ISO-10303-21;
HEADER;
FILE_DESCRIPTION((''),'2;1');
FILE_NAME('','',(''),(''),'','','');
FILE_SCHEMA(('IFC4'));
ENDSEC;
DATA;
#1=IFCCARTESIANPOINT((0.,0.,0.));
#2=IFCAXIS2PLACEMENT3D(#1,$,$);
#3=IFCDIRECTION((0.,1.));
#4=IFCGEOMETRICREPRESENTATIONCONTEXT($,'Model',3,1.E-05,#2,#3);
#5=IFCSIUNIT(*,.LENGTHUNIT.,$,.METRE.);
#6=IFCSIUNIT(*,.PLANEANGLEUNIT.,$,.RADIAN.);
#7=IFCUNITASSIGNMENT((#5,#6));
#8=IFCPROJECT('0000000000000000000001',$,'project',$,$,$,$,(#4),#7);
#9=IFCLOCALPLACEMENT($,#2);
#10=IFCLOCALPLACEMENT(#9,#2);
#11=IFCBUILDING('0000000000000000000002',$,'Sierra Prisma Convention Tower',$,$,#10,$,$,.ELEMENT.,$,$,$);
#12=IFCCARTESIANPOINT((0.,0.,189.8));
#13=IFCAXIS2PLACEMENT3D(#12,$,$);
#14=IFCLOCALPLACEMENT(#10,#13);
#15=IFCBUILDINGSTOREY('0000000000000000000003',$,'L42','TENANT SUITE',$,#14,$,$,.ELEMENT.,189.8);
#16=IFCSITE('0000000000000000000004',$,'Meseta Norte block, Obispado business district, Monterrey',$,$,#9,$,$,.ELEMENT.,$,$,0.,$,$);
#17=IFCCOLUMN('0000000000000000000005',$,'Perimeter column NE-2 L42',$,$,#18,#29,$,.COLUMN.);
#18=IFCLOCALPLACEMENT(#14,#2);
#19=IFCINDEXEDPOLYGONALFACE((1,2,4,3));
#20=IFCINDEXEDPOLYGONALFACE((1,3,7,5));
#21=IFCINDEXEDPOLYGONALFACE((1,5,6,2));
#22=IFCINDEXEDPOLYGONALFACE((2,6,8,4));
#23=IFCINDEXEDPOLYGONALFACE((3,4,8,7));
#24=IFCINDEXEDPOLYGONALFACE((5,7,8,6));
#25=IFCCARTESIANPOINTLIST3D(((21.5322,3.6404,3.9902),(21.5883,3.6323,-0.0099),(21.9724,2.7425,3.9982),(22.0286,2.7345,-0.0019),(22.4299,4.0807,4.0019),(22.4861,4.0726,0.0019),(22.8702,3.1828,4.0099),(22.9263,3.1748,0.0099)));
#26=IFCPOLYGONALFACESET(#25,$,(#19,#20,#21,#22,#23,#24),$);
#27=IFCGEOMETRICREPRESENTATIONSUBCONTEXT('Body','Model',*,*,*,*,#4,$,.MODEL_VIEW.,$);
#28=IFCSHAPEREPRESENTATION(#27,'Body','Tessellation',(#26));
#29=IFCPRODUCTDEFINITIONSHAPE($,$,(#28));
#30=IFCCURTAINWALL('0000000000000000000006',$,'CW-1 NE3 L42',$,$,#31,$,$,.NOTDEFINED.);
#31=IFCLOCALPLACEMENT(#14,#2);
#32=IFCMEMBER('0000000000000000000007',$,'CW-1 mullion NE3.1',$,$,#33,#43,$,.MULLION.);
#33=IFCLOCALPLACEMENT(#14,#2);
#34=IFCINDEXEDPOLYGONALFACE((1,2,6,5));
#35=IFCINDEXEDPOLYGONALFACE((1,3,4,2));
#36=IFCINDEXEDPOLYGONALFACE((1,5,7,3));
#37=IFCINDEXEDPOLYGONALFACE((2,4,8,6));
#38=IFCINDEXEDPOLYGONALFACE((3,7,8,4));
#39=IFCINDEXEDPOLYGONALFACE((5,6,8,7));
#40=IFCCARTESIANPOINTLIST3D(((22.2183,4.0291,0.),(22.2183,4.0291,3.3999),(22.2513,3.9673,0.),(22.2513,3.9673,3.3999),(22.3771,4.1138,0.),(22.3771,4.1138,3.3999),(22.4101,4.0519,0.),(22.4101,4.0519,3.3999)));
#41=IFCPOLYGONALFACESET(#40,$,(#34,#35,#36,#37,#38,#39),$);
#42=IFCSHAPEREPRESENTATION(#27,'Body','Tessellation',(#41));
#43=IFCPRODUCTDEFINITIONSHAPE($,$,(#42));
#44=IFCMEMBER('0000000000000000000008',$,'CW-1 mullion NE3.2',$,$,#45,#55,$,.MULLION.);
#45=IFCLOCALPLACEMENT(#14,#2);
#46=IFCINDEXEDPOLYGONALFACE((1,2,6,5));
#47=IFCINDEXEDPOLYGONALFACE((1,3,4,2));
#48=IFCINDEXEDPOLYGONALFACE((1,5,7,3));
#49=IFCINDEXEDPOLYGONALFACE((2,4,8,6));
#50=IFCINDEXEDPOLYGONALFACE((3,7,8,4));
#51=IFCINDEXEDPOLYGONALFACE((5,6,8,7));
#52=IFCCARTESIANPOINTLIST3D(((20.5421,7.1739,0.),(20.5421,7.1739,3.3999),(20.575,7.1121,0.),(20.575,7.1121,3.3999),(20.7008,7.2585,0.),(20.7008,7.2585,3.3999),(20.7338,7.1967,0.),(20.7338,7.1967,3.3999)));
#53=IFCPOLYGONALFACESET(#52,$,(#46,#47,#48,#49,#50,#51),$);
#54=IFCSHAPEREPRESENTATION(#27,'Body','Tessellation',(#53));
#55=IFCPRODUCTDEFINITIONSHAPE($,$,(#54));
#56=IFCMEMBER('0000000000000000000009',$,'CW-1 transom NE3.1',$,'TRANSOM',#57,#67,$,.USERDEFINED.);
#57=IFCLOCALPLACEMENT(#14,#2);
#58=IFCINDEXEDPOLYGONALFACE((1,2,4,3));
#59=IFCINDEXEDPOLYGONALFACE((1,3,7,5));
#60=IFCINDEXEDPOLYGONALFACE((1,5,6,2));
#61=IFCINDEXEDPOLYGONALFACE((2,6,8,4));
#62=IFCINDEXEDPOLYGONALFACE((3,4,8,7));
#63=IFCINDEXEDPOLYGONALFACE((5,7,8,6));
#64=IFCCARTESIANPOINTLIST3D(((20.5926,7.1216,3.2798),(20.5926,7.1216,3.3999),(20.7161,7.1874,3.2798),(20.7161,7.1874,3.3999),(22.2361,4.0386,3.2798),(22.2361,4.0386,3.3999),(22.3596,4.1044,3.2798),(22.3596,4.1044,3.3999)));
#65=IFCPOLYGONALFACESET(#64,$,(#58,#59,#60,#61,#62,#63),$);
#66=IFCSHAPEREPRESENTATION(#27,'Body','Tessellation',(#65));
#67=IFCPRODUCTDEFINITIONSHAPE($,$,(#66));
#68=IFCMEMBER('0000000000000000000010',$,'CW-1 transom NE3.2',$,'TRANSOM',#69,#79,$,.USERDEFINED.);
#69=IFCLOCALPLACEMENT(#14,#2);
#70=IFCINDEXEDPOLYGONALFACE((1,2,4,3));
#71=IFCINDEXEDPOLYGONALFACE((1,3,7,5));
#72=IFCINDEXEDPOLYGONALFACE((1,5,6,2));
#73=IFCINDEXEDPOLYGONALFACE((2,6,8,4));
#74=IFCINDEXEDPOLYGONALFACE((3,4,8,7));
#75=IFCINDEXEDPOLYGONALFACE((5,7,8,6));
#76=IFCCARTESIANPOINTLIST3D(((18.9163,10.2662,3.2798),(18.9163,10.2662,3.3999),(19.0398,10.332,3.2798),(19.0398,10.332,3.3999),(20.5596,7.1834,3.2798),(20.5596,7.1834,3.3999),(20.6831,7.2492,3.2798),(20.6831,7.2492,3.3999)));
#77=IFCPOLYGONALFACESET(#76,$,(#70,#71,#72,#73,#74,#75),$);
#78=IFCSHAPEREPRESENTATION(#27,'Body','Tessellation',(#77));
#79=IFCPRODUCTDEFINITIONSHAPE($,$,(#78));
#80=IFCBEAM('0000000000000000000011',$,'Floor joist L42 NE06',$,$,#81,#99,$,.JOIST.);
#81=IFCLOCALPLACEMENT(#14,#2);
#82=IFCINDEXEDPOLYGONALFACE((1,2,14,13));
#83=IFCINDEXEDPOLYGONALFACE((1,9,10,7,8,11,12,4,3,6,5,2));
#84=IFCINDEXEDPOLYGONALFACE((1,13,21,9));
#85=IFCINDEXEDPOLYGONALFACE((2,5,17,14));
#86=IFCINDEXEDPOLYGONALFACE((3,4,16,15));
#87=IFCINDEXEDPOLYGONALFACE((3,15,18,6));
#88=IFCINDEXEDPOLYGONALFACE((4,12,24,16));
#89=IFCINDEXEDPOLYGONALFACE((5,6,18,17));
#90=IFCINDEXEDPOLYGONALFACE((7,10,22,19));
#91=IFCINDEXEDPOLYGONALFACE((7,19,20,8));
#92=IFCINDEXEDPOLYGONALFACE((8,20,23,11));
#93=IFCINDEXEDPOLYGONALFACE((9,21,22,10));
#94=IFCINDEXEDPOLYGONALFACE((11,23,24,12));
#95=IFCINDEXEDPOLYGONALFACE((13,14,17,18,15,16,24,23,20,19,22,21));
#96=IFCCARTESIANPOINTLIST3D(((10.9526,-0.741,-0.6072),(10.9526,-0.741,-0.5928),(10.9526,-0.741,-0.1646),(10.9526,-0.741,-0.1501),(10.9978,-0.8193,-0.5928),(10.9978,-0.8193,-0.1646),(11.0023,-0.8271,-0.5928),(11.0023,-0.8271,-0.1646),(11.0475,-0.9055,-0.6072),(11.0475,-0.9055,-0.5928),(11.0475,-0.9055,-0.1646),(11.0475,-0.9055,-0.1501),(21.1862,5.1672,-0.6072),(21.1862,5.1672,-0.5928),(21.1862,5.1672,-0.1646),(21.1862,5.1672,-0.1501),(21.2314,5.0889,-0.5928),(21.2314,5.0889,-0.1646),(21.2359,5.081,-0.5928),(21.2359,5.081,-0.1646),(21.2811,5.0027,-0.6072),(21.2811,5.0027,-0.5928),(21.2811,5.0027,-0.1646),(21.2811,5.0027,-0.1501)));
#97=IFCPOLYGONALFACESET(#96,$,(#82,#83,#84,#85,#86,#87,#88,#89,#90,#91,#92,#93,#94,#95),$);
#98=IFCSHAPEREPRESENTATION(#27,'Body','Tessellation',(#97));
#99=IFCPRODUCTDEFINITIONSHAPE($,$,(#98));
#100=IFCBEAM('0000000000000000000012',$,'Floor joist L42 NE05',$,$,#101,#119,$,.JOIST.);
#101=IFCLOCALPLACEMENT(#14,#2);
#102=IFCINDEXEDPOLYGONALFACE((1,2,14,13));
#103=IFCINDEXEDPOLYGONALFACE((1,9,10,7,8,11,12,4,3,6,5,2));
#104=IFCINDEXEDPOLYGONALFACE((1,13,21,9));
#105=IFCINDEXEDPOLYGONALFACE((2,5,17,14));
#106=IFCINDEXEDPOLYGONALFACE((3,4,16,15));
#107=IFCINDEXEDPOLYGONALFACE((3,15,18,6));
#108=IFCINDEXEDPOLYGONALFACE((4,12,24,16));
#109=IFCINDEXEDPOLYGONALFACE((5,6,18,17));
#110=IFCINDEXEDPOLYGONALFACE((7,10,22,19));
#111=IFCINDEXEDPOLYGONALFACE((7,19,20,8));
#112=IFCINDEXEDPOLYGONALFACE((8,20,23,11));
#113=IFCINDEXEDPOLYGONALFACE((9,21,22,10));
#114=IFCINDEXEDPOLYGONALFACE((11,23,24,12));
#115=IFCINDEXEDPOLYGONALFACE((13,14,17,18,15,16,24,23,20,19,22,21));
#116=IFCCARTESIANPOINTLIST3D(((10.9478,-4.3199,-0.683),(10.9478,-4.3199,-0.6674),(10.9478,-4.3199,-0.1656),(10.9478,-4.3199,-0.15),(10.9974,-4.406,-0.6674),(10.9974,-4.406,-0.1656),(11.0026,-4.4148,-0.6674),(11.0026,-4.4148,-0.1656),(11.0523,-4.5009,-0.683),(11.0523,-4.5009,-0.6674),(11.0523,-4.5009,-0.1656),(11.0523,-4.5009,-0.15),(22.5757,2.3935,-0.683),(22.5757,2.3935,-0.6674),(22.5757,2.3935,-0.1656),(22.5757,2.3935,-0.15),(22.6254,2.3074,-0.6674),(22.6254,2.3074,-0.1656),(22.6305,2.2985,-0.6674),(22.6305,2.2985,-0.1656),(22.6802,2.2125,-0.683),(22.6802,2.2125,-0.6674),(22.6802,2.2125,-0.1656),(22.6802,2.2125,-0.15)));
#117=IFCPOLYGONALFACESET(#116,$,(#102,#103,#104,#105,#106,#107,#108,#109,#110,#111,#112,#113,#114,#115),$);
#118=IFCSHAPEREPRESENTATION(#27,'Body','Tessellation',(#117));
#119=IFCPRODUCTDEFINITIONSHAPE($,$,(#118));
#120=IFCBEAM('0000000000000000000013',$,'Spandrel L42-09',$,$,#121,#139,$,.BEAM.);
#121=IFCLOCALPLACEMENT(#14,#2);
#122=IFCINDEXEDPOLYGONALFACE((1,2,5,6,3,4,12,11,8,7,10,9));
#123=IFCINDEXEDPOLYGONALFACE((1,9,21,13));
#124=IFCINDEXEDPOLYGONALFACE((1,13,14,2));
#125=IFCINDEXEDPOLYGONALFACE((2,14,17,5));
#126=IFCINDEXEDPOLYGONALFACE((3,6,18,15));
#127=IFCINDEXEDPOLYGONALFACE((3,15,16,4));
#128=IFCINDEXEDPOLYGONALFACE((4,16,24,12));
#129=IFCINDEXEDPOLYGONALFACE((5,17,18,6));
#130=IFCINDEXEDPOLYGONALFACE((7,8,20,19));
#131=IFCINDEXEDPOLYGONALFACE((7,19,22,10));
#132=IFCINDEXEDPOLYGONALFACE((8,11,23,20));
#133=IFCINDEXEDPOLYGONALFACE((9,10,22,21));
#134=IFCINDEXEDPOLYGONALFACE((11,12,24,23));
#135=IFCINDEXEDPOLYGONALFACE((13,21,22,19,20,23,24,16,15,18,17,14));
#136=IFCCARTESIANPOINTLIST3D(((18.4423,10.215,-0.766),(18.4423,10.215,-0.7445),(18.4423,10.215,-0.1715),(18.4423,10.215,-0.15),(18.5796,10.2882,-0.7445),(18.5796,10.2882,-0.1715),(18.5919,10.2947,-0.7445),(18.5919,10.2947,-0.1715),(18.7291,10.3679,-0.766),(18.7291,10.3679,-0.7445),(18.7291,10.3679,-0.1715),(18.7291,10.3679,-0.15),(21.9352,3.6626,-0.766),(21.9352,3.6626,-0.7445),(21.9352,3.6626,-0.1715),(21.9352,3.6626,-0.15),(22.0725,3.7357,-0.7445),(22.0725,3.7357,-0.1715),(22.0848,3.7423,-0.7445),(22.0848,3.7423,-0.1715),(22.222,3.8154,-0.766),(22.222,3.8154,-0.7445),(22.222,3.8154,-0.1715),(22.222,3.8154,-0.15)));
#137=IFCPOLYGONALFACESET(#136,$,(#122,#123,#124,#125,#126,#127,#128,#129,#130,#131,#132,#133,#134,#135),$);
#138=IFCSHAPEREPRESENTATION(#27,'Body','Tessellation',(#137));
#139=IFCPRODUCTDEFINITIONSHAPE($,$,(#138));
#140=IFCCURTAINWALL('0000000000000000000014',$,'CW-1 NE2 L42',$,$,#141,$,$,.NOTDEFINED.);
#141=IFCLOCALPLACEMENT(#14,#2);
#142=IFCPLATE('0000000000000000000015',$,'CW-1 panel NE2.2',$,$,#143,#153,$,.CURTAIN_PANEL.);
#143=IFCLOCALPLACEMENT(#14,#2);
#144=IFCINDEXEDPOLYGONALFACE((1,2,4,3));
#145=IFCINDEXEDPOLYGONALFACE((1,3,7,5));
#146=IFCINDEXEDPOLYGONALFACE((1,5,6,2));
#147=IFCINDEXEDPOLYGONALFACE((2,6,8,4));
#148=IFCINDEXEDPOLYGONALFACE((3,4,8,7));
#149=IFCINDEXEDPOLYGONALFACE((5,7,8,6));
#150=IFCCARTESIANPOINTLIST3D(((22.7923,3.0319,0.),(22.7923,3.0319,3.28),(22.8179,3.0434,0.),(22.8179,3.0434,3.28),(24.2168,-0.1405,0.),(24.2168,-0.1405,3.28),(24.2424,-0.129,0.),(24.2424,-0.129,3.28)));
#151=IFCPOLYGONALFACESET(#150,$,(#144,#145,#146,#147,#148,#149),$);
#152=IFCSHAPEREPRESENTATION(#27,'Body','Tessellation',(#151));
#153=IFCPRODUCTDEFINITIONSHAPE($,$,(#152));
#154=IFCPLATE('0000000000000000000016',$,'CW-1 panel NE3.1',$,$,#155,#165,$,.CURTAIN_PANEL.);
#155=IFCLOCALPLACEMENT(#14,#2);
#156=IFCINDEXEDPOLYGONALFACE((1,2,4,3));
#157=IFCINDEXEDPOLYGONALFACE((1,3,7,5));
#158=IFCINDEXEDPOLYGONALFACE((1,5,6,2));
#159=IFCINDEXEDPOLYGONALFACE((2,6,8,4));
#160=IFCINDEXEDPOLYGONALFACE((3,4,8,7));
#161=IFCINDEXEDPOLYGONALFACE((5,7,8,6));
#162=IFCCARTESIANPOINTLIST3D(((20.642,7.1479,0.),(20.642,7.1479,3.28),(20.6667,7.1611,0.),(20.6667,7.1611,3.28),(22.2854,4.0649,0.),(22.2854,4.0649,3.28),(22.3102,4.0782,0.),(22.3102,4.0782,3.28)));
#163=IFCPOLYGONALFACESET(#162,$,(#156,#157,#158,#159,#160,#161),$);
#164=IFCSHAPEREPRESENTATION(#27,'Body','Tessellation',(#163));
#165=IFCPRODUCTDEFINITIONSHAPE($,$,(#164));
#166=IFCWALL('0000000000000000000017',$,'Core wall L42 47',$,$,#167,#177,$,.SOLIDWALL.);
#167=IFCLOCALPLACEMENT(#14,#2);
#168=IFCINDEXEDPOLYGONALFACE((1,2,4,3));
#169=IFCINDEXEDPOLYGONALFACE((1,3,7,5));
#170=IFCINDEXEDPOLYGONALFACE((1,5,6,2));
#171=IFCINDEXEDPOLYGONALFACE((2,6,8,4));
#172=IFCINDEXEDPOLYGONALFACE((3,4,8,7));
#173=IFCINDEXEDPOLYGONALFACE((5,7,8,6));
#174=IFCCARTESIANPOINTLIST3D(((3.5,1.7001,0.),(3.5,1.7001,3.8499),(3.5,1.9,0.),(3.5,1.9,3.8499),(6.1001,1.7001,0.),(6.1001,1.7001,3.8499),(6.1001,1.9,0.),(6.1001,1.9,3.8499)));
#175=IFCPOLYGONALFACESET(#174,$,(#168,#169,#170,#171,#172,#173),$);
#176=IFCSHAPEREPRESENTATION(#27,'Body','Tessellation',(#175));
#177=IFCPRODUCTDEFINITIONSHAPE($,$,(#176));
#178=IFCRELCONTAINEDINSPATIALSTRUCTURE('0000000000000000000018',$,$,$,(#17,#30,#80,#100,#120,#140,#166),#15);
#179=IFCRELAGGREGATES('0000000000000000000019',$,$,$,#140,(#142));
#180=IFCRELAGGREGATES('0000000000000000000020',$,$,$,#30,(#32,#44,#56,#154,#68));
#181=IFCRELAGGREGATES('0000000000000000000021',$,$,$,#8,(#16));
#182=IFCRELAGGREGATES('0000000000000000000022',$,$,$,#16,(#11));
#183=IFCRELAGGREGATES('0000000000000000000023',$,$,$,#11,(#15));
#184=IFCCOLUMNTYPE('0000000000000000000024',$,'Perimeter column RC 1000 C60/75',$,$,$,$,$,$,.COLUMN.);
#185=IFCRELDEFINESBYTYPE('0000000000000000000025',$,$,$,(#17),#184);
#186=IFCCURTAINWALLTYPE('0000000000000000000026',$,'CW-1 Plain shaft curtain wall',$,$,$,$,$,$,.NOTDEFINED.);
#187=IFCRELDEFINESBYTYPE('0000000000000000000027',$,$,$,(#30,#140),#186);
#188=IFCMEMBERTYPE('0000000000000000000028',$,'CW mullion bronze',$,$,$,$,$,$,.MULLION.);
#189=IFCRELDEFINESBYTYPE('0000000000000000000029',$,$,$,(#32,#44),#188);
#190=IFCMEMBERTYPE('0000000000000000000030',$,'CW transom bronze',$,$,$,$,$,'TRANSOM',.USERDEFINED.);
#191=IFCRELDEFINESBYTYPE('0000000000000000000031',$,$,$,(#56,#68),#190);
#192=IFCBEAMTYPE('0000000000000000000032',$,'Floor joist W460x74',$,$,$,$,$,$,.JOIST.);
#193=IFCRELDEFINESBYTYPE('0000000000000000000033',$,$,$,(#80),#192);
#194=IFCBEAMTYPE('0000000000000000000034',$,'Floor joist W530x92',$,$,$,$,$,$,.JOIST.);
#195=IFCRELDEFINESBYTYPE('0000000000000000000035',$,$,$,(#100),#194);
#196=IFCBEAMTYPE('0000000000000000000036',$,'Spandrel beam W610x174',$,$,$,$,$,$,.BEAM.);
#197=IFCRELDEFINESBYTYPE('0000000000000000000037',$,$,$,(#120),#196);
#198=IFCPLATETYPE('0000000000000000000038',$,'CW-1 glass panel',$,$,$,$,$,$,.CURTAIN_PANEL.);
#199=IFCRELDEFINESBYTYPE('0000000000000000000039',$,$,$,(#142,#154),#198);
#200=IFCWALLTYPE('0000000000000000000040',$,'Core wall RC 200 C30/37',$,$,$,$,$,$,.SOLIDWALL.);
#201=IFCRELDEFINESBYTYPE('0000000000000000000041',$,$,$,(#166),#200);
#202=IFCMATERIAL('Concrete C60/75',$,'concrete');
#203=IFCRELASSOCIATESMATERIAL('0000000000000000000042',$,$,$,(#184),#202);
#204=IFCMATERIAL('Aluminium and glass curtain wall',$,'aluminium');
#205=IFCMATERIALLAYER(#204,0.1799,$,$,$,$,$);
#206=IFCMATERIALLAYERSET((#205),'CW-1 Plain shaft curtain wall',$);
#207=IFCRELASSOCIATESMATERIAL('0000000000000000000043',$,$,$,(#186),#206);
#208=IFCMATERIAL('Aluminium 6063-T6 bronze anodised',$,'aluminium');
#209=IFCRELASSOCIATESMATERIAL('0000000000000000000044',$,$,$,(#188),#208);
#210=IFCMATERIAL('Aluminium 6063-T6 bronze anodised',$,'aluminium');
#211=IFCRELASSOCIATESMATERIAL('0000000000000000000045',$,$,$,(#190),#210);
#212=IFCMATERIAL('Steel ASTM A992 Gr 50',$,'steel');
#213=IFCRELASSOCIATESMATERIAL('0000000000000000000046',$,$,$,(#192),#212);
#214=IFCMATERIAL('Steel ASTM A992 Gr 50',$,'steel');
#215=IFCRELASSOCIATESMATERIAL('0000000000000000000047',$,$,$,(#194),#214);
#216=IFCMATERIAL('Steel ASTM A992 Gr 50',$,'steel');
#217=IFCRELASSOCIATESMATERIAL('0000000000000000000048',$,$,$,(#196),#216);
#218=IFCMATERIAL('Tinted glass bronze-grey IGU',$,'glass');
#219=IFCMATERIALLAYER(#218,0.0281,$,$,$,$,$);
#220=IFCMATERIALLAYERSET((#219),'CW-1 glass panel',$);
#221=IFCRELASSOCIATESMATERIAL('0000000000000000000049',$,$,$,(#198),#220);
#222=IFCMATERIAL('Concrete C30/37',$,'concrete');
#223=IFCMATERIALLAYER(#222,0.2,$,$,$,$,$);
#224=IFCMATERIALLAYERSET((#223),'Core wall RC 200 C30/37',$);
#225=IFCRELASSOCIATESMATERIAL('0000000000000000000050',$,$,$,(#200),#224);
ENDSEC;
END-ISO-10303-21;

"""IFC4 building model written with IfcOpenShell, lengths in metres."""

from ifc_helpers import new_model, si_unit, direction, frame, frame_2d, origin, origin_2d, place, context, subcontext, project, spatial, rectangle, i_section, extrude, material, layer, layer_set, material_profile, profile_set, type_object, element, aggregate, save


model = new_model("IFC4")

# Units and contexts
model_context = context("Model", 3, precision=1e-05, world=origin(), true_north=direction((0.0, 1.0)))
body_context = subcontext(model_context, "Body", "Model", "MODEL_VIEW")
ifc_project = project(units=[si_unit("LENGTHUNIT", "METRE"), si_unit("PLANEANGLEUNIT", "RADIAN")], contexts=[model_context])

# Site, building, storey
site_placement = place(None, origin())
site = spatial("IfcSite", under=ifc_project, at=site_placement, Name="Meseta Norte block, Obispado business district, Monterrey", CompositionType="ELEMENT", RefElevation=0.0)
building_placement = place(site_placement, origin())
building = spatial("IfcBuilding", under=site, at=building_placement, Name="Sierra Prisma Convention Tower", CompositionType="ELEMENT")
storey_placement = place(building_placement, frame((0.0, 0.0, 189.8)))
storey = spatial("IfcBuildingStorey", under=building, at=storey_placement, Name="L42", Description="TENANT SUITE", CompositionType="ELEMENT", Elevation=189.8)

# Column
ifc_material_1 = material(Name="Concrete C60/75", Category="concrete")
ifc_material_profile_1 = material_profile(ifc_material_1, rectangle(XDim=1.0, YDim=1.0, at=origin_2d()), Name="Perimeter column RC 1000 C60/75")
ifc_profile_set_1 = profile_set([ifc_material_profile_1], Name="Concrete C60/75")
column_type = type_object("IfcColumnType", Name="Perimeter column RC 1000 C60/75", PredefinedType="COLUMN", material=ifc_profile_set_1)
column_placement = place(storey_placement, frame((22.2573, 3.4036, 0.0), z_axis=(-0.014037, 0.002014, 0.999899), x_axis=(-0.440228, 0.89785, -0.007988)))
element("IfcColumn", 1, at=column_placement, inside=storey, type_object=column_type, Name="Perimeter column NE-2 L42", PredefinedType="COLUMN", context=body_context, shape_type="SweptSolid", body=[
    extrude(rectangle(XDim=1.0, YDim=1.0, at=origin_2d()), origin(), (0.0, 0.0, 1.0), 4.0005),
])

# Curtain wall, members
ifc_material_2 = material(Name="Aluminium and glass curtain wall", Category="aluminium")
ifc_layer_1 = layer(ifc_material_2, 0.1799)
ifc_layer_set_1 = layer_set([ifc_layer_1], Name="CW-1 Plain shaft curtain wall")
curtain_wall_type = type_object("IfcCurtainWallType", Name="CW-1 Plain shaft curtain wall", PredefinedType="NOTDEFINED", material=ifc_layer_set_1)
curtain_wall_1_placement = place(storey_placement, origin())
curtain_wall_1 = element("IfcCurtainWall", 2, at=curtain_wall_1_placement, inside=storey, type_object=curtain_wall_type, Name="CW-1 NE3 L42", PredefinedType="NOTDEFINED")
ifc_material_3 = material(Name="Aluminium 6063-T6 bronze anodised", Category="aluminium")
ifc_material_profile_2 = material_profile(ifc_material_3, rectangle(XDim=0.1799, YDim=0.0701, at=origin_2d()), Name="ALU MULLION 70x180")
ifc_profile_set_2 = profile_set([ifc_material_profile_2], Name="Aluminium 6063-T6 bronze anodised")
member_type_1 = type_object("IfcMemberType", Name="CW mullion bronze", PredefinedType="MULLION", material=ifc_profile_set_2)
member_1_placement = place(storey_placement, frame((22.3142, 4.0405, 0.0), z_axis=(0.0, 0.0, 1.0), x_axis=(-0.882451, -0.470405, 0.0)))
member_1 = element("IfcMember", 3, at=member_1_placement, type_object=member_type_1, Name="CW-1 mullion NE3.1", PredefinedType="MULLION", context=body_context, shape_type="SweptSolid", body=[
    extrude(rectangle(XDim=0.1799, YDim=0.0701, at=origin_2d()), origin(), (0.0, 0.0, 1.0), 3.3999),
])
member_2_placement = place(storey_placement, frame((20.6379, 7.1853, 0.0), z_axis=(0.0, 0.0, 1.0), x_axis=(-0.882451, -0.470405, 0.0)))
member_2 = element("IfcMember", 4, at=member_2_placement, type_object=member_type_1, Name="CW-1 mullion NE3.2", PredefinedType="MULLION", context=body_context, shape_type="SweptSolid", body=[
    extrude(rectangle(XDim=0.1799, YDim=0.0701, at=origin_2d()), origin(), (0.0, 0.0, 1.0), 3.3999),
])
ifc_material_4 = material(Name="Aluminium 6063-T6 bronze anodised", Category="aluminium")
ifc_material_profile_3 = material_profile(ifc_material_4, rectangle(XDim=0.1399, YDim=0.1201, at=origin_2d()), Name="ALU TRANSOM 120x140")
ifc_profile_set_3 = profile_set([ifc_material_profile_3], Name="Aluminium 6063-T6 bronze anodised")
member_type_2 = type_object("IfcMemberType", Name="CW transom bronze", ElementType="TRANSOM", PredefinedType="USERDEFINED", material=ifc_profile_set_3)
member_3_placement = place(storey_placement, frame((22.2979, 4.0715, 3.3398), z_axis=(-0.470429, 0.882438, 0.0), x_axis=(-0.882438, -0.470429, 0.0)))
member_3 = element("IfcMember", 5, at=member_3_placement, type_object=member_type_2, Name="CW-1 transom NE3.1", ObjectType="TRANSOM", PredefinedType="USERDEFINED", context=body_context, shape_type="SweptSolid", body=[
    extrude(rectangle(XDim=0.1399, YDim=0.1201, at=origin_2d()), origin(), (0.0, 0.0, 1.0), 3.4937),
])
member_4_placement = place(storey_placement, frame((20.6213, 7.2163, 3.3398), z_axis=(-0.470403, 0.882452, 0.0), x_axis=(-0.882452, -0.470403, 0.0)))
member_4 = element("IfcMember", 6, at=member_4_placement, type_object=member_type_2, Name="CW-1 transom NE3.2", ObjectType="TRANSOM", PredefinedType="USERDEFINED", context=body_context, shape_type="SweptSolid", body=[
    extrude(rectangle(XDim=0.1399, YDim=0.1201, at=origin_2d()), origin(), (0.0, 0.0, 1.0), 3.4934),
])

# Beams
ifc_material_5 = material(Name="Steel ASTM A992 Gr 50", Category="steel")
ifc_material_profile_4 = material_profile(ifc_material_5, i_section(OverallWidth=0.1899, OverallDepth=0.457, WebThickness=0.009, FlangeThickness=0.0144, at=origin_2d()), Name="W460x74")
ifc_profile_set_4 = profile_set([ifc_material_profile_4], Name="Steel ASTM A992 Gr 50")
beam_type_1 = type_object("IfcBeamType", Name="Floor joist W460x74", PredefinedType="JOIST", material=ifc_profile_set_4)
beam_1_placement = place(storey_placement, frame((21.2336, 5.085, -0.3787), z_axis=(-0.866032, -0.499988, 0.0), x_axis=(0.499988, -0.866032, 0.0)))
element("IfcBeam", 7, at=beam_1_placement, inside=storey, type_object=beam_type_1, Name="Floor joist L42 NE06", PredefinedType="JOIST", context=body_context, shape_type="SweptSolid", body=[
    extrude(i_section(OverallWidth=0.1899, OverallDepth=0.457, WebThickness=0.009, FlangeThickness=0.0144, at=origin_2d()), origin(), (0.0, 0.0, 1.0), 11.8167),
])
ifc_material_6 = material(Name="Steel ASTM A992 Gr 50", Category="steel")
ifc_material_profile_5 = material_profile(ifc_material_6, i_section(OverallWidth=0.209, OverallDepth=0.533, WebThickness=0.0103, FlangeThickness=0.0156, at=origin_2d()), Name="W530x92")
ifc_profile_set_5 = profile_set([ifc_material_profile_5], Name="Steel ASTM A992 Gr 50")
beam_type_2 = type_object("IfcBeamType", Name="Floor joist W530x92", PredefinedType="JOIST", material=ifc_profile_set_5)
beam_2_placement = place(storey_placement, frame((22.6279, 2.303, -0.4165), z_axis=(-0.866026, -0.499999, 0.0), x_axis=(0.499999, -0.866026, 0.0)))
element("IfcBeam", 8, at=beam_2_placement, inside=storey, type_object=beam_type_2, Name="Floor joist L42 NE05", PredefinedType="JOIST", context=body_context, shape_type="SweptSolid", body=[
    extrude(i_section(OverallWidth=0.209, OverallDepth=0.533, WebThickness=0.0103, FlangeThickness=0.0156, at=origin_2d()), origin(), (0.0, 0.0, 1.0), 13.4268),
])
ifc_material_7 = material(Name="Steel ASTM A992 Gr 50", Category="steel")
ifc_material_profile_6 = material_profile(ifc_material_7, i_section(OverallWidth=0.325, OverallDepth=0.616, WebThickness=0.0139, FlangeThickness=0.0215, at=origin_2d()), Name="W610x174")
ifc_profile_set_6 = profile_set([ifc_material_profile_6], Name="Steel ASTM A992 Gr 50")
beam_type_3 = type_object("IfcBeamType", Name="Spandrel beam W610x174", PredefinedType="BEAM", material=ifc_profile_set_6)
beam_3_placement = place(storey_placement, frame((22.0786, 3.739, -0.458), z_axis=(-0.470406, 0.88245, 0.0), x_axis=(-0.88245, -0.470406, 0.0)))
element("IfcBeam", 9, at=beam_3_placement, inside=storey, type_object=beam_type_3, Name="Spandrel L42-09", PredefinedType="BEAM", context=body_context, shape_type="SweptSolid", body=[
    extrude(i_section(OverallWidth=0.325, OverallDepth=0.616, WebThickness=0.0139, FlangeThickness=0.0215, at=origin_2d()), origin(), (0.0, 0.0, 1.0), 7.4253),
])

# Curtain wall, plate
curtain_wall_2_placement = place(storey_placement, origin())
curtain_wall_2 = element("IfcCurtainWall", 10, at=curtain_wall_2_placement, inside=storey, type_object=curtain_wall_type, Name="CW-1 NE2 L42", PredefinedType="NOTDEFINED")
ifc_material_8 = material(Name="Tinted glass bronze-grey IGU", Category="glass")
ifc_layer_2 = layer(ifc_material_8, 0.0281)
ifc_layer_set_2 = layer_set([ifc_layer_2], Name="CW-1 glass panel")
plate_type = type_object("IfcPlateType", Name="CW-1 glass panel", PredefinedType="CURTAIN_PANEL", material=ifc_layer_set_2)
plate_1_placement = place(storey_placement, frame((23.5173, 1.4514, 0.0), z_axis=(0.0, 0.0, 1.0), x_axis=(-0.409633, 0.91225, 0.0)))
plate_1 = element("IfcPlate", 11, at=plate_1_placement, type_object=plate_type, Name="CW-1 panel NE2.2", PredefinedType="CURTAIN_PANEL", context=body_context, shape_type="SweptSolid", body=[
    extrude(rectangle(XDim=3.4775, YDim=0.0281, at=origin_2d()), origin(), (0.0, 0.0, 1.0), 3.28),
])
aggregate(curtain_wall_2, [plate_1])

# Plate
plate_2_placement = place(storey_placement, frame((21.4761, 5.613, 0.0), z_axis=(0.0, 0.0, 1.0), x_axis=(-0.470405, 0.882451, 0.0)))
plate_2 = element("IfcPlate", 12, at=plate_2_placement, type_object=plate_type, Name="CW-1 panel NE3.1", PredefinedType="CURTAIN_PANEL", context=body_context, shape_type="SweptSolid", body=[
    extrude(rectangle(XDim=3.4937, YDim=0.0281, at=origin_2d()), origin(), (0.0, 0.0, 1.0), 3.28),
])
aggregate(curtain_wall_1, [member_1, member_2, member_3, plate_2, member_4])

# Wall
ifc_material_9 = material(Name="Concrete C30/37", Category="concrete")
ifc_layer_3 = layer(ifc_material_9, 0.2)
ifc_layer_set_3 = layer_set([ifc_layer_3], Name="Core wall RC 200 C30/37")
wall_type_1 = type_object("IfcWallType", Name="Core wall RC 200 C30/37", PredefinedType="SOLIDWALL", material=ifc_layer_set_3)
wall_1_placement = place(storey_placement, frame((6.1001, 1.8, 0.0), z_axis=(0.0, 0.0, 1.0), x_axis=(-1.0, 0.0, 0.0)))
element("IfcWall", 13, at=wall_1_placement, inside=storey, type_object=wall_type_1, Name="Core wall L42 47", PredefinedType="SOLIDWALL", context=body_context, shape_type="SweptSolid", body=[
    extrude(rectangle(XDim=2.6001, YDim=0.2, at=frame_2d((1.3, 0.0))), origin(), (0.0, 0.0, 1.0), 3.8499),
])

save(model, "model.ifc")
